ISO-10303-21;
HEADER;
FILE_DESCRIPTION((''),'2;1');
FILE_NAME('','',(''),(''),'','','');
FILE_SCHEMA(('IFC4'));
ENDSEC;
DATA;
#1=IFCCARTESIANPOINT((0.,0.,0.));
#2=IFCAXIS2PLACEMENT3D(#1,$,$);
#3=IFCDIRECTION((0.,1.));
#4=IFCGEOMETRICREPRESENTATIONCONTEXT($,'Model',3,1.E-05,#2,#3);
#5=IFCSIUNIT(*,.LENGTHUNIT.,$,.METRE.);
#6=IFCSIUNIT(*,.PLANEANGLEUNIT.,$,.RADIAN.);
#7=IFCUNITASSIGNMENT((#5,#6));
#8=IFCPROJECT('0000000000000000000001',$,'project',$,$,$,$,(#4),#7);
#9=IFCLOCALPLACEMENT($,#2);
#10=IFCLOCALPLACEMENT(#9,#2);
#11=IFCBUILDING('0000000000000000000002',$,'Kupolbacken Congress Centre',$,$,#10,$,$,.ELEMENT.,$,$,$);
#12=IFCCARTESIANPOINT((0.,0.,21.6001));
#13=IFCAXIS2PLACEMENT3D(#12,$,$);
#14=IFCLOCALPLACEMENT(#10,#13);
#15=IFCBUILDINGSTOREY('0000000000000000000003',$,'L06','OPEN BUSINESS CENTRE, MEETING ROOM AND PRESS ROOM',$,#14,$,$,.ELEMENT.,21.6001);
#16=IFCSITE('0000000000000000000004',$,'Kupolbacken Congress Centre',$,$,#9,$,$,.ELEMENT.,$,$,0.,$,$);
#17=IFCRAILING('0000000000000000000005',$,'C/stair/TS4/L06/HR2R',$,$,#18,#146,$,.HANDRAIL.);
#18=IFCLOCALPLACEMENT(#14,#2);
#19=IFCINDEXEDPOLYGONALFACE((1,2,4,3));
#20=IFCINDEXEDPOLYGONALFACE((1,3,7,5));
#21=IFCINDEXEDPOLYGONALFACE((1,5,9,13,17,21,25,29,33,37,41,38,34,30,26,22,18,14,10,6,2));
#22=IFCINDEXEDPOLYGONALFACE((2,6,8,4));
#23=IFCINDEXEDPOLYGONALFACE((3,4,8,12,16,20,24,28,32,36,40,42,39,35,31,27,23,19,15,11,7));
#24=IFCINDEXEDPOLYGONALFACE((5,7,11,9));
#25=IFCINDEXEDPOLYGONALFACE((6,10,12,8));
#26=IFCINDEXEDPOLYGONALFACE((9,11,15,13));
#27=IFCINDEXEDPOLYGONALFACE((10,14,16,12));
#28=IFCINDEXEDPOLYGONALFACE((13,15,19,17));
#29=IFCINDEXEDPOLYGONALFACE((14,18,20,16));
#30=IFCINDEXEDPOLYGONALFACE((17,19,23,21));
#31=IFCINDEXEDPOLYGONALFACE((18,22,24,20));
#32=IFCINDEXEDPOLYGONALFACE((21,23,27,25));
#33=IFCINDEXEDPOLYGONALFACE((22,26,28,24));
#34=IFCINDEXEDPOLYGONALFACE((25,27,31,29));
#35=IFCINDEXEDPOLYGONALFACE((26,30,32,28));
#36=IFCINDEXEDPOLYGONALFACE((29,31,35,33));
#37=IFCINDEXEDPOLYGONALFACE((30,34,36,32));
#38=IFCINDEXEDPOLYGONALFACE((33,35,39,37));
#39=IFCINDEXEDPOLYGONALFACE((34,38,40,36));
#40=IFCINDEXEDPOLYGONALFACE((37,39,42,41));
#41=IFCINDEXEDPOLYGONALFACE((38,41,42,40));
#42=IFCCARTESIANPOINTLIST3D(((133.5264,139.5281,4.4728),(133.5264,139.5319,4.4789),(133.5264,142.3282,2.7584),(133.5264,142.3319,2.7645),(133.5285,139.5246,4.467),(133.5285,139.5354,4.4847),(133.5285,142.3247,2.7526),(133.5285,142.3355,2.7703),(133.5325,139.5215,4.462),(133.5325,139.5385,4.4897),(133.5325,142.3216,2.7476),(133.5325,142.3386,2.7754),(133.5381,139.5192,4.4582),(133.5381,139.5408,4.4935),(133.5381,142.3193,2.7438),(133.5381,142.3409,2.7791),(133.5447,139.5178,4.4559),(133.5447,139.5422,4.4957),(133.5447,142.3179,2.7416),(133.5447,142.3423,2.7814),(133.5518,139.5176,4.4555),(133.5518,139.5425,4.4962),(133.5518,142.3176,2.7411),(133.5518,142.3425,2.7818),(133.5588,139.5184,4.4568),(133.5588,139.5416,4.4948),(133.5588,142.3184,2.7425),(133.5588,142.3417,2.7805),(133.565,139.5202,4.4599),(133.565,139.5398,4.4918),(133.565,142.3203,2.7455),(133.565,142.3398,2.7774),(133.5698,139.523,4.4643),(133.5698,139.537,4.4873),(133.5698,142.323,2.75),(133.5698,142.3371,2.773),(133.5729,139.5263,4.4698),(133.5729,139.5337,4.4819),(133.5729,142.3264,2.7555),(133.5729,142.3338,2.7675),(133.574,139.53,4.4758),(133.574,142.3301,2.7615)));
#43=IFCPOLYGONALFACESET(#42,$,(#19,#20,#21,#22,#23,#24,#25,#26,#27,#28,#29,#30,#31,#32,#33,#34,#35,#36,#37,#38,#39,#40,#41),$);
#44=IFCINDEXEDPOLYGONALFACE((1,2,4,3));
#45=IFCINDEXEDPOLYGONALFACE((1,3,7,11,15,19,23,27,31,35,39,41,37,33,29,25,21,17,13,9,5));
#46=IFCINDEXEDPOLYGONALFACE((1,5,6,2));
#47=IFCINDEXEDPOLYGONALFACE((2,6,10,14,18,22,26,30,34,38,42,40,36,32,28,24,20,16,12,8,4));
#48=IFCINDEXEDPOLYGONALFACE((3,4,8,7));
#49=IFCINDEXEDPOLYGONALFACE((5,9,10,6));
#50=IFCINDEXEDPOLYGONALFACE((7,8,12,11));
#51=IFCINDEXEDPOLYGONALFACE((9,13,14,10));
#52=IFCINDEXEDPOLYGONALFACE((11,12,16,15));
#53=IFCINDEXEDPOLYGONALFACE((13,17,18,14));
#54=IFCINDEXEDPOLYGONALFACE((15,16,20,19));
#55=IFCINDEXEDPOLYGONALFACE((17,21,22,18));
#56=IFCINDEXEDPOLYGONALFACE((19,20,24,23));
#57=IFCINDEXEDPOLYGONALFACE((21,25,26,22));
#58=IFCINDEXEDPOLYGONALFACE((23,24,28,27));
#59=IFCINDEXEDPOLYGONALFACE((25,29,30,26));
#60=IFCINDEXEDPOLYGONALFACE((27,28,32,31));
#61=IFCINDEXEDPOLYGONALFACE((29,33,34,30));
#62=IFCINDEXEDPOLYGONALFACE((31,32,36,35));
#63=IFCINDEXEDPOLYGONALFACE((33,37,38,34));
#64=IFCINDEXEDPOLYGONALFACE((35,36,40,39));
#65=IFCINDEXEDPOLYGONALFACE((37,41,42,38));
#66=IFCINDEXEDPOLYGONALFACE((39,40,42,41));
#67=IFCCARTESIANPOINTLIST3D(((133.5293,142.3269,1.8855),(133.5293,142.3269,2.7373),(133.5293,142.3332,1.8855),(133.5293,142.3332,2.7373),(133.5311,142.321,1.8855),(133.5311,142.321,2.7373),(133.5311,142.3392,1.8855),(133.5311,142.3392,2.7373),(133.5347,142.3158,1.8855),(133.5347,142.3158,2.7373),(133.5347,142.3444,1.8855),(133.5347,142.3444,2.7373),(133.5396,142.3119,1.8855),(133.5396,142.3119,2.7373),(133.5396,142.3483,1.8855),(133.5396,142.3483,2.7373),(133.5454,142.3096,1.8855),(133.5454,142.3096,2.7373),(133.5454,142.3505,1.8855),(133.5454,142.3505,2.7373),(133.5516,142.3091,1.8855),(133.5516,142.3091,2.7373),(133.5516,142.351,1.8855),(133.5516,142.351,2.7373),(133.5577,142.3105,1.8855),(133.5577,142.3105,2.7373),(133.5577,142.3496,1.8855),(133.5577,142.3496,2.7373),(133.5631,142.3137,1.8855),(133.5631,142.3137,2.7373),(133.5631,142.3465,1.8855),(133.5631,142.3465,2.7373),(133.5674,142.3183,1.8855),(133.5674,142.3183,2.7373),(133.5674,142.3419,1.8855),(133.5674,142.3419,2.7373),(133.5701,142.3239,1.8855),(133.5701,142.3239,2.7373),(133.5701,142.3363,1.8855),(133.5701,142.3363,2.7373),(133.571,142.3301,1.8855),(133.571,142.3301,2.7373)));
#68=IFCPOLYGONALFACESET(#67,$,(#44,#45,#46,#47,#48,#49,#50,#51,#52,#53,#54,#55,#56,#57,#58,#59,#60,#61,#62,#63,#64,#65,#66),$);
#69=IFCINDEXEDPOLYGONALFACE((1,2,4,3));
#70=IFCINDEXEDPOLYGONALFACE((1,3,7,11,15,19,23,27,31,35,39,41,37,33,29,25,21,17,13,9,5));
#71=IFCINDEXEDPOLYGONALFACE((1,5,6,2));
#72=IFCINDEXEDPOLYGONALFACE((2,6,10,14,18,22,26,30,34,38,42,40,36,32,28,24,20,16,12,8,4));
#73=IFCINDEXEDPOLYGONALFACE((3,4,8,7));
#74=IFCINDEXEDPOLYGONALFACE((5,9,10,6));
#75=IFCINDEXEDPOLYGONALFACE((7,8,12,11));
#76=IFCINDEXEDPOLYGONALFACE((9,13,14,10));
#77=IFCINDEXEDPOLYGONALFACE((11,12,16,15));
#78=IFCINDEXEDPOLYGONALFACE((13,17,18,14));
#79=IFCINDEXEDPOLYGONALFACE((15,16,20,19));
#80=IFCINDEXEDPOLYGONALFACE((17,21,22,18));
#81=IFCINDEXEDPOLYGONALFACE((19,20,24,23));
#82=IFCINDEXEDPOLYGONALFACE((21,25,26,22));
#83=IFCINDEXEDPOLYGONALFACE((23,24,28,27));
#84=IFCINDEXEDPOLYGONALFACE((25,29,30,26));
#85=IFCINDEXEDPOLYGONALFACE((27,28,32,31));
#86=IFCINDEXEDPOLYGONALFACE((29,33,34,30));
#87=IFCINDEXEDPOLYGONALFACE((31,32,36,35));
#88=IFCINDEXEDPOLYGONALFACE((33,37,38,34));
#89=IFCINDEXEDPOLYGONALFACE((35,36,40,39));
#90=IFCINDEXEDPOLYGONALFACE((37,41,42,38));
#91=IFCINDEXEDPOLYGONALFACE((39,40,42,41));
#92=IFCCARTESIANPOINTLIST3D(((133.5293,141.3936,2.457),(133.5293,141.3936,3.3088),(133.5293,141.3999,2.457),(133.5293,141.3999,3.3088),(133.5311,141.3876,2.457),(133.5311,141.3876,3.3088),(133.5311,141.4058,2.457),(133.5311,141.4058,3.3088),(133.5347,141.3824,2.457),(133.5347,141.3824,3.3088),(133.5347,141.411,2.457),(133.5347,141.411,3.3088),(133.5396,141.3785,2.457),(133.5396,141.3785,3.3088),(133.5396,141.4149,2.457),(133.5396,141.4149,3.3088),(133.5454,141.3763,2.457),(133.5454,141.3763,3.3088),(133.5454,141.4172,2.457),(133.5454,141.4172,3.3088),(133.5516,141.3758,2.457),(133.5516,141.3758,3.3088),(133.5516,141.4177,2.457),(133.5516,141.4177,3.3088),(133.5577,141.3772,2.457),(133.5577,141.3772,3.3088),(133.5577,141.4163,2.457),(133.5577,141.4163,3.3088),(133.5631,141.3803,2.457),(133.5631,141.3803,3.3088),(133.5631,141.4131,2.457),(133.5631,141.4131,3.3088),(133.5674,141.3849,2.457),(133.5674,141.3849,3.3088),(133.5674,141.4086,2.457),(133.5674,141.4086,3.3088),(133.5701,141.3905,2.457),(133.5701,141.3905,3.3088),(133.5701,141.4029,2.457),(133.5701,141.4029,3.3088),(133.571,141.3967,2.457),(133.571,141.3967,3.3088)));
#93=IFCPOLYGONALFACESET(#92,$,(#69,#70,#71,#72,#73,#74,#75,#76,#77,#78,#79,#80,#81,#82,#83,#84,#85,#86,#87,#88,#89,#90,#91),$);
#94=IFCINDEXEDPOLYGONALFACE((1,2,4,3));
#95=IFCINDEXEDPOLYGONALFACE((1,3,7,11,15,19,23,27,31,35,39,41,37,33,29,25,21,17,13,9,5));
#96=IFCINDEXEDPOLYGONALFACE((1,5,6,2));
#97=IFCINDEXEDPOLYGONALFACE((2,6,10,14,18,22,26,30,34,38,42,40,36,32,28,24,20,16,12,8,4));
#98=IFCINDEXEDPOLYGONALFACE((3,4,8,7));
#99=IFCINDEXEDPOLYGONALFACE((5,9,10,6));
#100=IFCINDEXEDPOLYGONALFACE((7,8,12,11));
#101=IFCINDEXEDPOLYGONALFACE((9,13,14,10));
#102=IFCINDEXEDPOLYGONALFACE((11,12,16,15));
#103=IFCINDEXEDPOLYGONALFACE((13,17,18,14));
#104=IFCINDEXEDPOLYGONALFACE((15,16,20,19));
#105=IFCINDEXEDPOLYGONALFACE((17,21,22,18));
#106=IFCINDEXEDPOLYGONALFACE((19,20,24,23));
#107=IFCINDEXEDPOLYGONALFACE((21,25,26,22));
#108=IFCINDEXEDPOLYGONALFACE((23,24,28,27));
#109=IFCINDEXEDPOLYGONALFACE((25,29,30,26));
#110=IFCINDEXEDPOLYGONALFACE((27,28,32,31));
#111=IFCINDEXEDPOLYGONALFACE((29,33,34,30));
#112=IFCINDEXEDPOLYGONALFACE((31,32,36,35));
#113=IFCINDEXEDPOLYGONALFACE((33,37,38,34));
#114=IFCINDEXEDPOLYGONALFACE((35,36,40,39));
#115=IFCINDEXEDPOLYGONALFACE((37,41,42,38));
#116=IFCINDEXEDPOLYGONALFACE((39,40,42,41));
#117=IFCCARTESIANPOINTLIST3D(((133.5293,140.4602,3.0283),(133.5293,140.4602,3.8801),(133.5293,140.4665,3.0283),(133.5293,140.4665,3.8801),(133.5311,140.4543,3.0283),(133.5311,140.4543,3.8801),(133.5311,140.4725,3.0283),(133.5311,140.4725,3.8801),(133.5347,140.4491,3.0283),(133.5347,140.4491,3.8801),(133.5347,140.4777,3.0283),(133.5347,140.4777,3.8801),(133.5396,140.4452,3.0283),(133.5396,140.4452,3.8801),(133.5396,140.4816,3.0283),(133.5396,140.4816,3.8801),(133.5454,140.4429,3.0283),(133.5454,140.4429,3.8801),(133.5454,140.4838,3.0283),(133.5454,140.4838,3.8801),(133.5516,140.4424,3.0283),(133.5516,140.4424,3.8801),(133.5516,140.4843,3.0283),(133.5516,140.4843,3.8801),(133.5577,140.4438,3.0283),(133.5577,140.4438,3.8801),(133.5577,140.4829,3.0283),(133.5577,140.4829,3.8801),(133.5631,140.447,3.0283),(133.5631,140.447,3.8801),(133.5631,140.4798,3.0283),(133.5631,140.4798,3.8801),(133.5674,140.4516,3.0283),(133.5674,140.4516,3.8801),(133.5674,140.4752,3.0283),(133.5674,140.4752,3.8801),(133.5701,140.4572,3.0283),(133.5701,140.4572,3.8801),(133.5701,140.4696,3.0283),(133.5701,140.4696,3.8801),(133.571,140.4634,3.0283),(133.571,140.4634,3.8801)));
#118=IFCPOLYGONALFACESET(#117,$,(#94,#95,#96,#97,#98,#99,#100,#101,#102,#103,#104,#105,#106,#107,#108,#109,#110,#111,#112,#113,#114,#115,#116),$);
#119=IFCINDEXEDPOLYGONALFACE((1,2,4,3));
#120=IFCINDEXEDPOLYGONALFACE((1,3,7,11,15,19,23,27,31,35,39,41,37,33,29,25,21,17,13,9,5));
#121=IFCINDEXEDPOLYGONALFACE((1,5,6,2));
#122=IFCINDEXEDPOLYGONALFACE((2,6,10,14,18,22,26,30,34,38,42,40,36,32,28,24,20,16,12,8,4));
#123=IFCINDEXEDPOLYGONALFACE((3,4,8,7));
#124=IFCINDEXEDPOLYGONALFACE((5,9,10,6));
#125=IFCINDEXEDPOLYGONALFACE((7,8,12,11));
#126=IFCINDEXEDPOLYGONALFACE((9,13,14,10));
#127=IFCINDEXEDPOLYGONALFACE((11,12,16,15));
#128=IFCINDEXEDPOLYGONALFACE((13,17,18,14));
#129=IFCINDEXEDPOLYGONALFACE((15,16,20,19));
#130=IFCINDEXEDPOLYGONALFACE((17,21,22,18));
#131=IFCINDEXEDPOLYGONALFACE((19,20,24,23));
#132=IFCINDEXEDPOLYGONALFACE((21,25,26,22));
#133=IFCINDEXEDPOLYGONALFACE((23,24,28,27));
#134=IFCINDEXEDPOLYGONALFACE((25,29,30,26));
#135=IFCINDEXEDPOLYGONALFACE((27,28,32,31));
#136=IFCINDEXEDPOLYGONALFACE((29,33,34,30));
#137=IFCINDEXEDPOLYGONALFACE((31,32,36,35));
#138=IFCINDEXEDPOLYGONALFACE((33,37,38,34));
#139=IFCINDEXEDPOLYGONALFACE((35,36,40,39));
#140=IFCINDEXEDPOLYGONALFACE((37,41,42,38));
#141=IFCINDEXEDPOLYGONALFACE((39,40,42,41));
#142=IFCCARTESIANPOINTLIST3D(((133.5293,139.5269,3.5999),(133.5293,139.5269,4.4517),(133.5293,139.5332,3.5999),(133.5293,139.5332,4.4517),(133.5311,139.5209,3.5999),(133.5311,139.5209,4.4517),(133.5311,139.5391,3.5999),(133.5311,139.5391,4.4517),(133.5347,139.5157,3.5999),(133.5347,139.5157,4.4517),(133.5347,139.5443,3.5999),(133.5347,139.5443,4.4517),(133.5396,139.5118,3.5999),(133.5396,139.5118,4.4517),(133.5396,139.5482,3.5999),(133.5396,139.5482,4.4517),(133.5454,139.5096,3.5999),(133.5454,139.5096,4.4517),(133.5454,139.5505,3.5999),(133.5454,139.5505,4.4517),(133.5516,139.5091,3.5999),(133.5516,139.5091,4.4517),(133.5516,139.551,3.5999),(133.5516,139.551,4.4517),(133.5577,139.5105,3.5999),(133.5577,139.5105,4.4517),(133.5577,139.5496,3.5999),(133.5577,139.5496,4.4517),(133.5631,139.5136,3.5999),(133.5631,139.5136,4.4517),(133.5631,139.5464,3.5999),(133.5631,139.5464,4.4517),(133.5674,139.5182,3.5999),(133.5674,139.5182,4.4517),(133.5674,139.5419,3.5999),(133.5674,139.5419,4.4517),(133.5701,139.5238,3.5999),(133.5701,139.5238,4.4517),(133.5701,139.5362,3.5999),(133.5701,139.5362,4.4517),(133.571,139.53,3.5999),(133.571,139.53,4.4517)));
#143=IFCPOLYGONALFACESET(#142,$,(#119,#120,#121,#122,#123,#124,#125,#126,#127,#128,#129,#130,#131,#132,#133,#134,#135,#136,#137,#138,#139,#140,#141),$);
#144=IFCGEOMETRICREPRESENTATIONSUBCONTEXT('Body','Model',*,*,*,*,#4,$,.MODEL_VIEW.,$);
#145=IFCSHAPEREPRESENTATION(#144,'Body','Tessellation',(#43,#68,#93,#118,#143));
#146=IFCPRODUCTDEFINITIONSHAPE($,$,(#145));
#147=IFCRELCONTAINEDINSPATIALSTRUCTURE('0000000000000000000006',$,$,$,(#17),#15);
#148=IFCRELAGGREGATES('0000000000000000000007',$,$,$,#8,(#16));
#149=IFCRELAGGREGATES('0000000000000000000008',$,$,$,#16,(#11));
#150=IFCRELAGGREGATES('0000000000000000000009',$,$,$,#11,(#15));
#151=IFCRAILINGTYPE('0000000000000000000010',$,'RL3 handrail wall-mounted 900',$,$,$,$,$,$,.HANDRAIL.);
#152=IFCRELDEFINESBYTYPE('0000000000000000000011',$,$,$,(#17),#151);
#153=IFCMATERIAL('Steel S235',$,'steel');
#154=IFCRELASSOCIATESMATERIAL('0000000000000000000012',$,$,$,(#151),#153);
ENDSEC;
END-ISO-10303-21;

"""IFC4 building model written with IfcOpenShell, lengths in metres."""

from ifc_helpers import new_model, si_unit, direction, frame, origin, origin_2d, place, context, subcontext, project, spatial, circle, extrude, material, type_object, element, save


model = new_model("IFC4")

# Units and contexts
model_context = context("Model", 3, precision=1e-05, world=origin(), true_north=direction((0.0, 1.0)))
body_context = subcontext(model_context, "Body", "Model", "MODEL_VIEW")
ifc_project = project(units=[si_unit("LENGTHUNIT", "METRE"), si_unit("PLANEANGLEUNIT", "RADIAN")], contexts=[model_context])

# Site, building, storey
site_placement = place(None, origin())
site = spatial("IfcSite", under=ifc_project, at=site_placement, Name="Kupolbacken Congress Centre", CompositionType="ELEMENT", RefElevation=0.0)
building_placement = place(site_placement, origin())
building = spatial("IfcBuilding", under=site, at=building_placement, Name="Kupolbacken Congress Centre", CompositionType="ELEMENT")
storey_placement = place(building_placement, frame((0.0, 0.0, 21.6001)))
storey = spatial("IfcBuildingStorey", under=building, at=storey_placement, Name="L06", Description="OPEN BUSINESS CENTRE, MEETING ROOM AND PRESS ROOM", CompositionType="ELEMENT", Elevation=21.6001)

# Railing
ifc_material_1 = material(Name="Steel S235", Category="steel")
railing_type = type_object("IfcRailingType", Name="RL3 handrail wall-mounted 900", PredefinedType="HANDRAIL", material=ifc_material_1)
for number, where, name in (
    (1, (133.55, 142.3301, 1.8855), "C/stair/TS4/L06/HR2R"),
):
    element("IfcRailing", number, at=place(storey_placement, frame(where)), inside=storey, type_object=railing_type, Name=name, PredefinedType="HANDRAIL", context=body_context, shape_type="SweptSolid", body=[
        extrude(circle(Radius=0.0239, at=origin_2d()), frame((0.0, 0.0, 0.876), z_axis=(0.0, -0.852846, 0.522163), x_axis=(1.0, 0.0, 0.0)), (0.0, 0.0, 1.0), 3.2832),
        extrude(circle(Radius=0.021, at=origin_2d()), origin(), (0.0, 0.0, 1.0), 0.8518),
        extrude(circle(Radius=0.021, at=origin_2d()), frame((0.0, -0.9333, 0.5715)), (0.0, 0.0, 1.0), 0.8518),
        extrude(circle(Radius=0.021, at=origin_2d()), frame((0.0, -1.8667, 1.1428)), (0.0, 0.0, 1.0), 0.8518),
        extrude(circle(Radius=0.021, at=origin_2d()), frame((0.0, -2.8, 1.7144)), (0.0, 0.0, 1.0), 0.8518),
    ])

save(model, "model.ifc")
